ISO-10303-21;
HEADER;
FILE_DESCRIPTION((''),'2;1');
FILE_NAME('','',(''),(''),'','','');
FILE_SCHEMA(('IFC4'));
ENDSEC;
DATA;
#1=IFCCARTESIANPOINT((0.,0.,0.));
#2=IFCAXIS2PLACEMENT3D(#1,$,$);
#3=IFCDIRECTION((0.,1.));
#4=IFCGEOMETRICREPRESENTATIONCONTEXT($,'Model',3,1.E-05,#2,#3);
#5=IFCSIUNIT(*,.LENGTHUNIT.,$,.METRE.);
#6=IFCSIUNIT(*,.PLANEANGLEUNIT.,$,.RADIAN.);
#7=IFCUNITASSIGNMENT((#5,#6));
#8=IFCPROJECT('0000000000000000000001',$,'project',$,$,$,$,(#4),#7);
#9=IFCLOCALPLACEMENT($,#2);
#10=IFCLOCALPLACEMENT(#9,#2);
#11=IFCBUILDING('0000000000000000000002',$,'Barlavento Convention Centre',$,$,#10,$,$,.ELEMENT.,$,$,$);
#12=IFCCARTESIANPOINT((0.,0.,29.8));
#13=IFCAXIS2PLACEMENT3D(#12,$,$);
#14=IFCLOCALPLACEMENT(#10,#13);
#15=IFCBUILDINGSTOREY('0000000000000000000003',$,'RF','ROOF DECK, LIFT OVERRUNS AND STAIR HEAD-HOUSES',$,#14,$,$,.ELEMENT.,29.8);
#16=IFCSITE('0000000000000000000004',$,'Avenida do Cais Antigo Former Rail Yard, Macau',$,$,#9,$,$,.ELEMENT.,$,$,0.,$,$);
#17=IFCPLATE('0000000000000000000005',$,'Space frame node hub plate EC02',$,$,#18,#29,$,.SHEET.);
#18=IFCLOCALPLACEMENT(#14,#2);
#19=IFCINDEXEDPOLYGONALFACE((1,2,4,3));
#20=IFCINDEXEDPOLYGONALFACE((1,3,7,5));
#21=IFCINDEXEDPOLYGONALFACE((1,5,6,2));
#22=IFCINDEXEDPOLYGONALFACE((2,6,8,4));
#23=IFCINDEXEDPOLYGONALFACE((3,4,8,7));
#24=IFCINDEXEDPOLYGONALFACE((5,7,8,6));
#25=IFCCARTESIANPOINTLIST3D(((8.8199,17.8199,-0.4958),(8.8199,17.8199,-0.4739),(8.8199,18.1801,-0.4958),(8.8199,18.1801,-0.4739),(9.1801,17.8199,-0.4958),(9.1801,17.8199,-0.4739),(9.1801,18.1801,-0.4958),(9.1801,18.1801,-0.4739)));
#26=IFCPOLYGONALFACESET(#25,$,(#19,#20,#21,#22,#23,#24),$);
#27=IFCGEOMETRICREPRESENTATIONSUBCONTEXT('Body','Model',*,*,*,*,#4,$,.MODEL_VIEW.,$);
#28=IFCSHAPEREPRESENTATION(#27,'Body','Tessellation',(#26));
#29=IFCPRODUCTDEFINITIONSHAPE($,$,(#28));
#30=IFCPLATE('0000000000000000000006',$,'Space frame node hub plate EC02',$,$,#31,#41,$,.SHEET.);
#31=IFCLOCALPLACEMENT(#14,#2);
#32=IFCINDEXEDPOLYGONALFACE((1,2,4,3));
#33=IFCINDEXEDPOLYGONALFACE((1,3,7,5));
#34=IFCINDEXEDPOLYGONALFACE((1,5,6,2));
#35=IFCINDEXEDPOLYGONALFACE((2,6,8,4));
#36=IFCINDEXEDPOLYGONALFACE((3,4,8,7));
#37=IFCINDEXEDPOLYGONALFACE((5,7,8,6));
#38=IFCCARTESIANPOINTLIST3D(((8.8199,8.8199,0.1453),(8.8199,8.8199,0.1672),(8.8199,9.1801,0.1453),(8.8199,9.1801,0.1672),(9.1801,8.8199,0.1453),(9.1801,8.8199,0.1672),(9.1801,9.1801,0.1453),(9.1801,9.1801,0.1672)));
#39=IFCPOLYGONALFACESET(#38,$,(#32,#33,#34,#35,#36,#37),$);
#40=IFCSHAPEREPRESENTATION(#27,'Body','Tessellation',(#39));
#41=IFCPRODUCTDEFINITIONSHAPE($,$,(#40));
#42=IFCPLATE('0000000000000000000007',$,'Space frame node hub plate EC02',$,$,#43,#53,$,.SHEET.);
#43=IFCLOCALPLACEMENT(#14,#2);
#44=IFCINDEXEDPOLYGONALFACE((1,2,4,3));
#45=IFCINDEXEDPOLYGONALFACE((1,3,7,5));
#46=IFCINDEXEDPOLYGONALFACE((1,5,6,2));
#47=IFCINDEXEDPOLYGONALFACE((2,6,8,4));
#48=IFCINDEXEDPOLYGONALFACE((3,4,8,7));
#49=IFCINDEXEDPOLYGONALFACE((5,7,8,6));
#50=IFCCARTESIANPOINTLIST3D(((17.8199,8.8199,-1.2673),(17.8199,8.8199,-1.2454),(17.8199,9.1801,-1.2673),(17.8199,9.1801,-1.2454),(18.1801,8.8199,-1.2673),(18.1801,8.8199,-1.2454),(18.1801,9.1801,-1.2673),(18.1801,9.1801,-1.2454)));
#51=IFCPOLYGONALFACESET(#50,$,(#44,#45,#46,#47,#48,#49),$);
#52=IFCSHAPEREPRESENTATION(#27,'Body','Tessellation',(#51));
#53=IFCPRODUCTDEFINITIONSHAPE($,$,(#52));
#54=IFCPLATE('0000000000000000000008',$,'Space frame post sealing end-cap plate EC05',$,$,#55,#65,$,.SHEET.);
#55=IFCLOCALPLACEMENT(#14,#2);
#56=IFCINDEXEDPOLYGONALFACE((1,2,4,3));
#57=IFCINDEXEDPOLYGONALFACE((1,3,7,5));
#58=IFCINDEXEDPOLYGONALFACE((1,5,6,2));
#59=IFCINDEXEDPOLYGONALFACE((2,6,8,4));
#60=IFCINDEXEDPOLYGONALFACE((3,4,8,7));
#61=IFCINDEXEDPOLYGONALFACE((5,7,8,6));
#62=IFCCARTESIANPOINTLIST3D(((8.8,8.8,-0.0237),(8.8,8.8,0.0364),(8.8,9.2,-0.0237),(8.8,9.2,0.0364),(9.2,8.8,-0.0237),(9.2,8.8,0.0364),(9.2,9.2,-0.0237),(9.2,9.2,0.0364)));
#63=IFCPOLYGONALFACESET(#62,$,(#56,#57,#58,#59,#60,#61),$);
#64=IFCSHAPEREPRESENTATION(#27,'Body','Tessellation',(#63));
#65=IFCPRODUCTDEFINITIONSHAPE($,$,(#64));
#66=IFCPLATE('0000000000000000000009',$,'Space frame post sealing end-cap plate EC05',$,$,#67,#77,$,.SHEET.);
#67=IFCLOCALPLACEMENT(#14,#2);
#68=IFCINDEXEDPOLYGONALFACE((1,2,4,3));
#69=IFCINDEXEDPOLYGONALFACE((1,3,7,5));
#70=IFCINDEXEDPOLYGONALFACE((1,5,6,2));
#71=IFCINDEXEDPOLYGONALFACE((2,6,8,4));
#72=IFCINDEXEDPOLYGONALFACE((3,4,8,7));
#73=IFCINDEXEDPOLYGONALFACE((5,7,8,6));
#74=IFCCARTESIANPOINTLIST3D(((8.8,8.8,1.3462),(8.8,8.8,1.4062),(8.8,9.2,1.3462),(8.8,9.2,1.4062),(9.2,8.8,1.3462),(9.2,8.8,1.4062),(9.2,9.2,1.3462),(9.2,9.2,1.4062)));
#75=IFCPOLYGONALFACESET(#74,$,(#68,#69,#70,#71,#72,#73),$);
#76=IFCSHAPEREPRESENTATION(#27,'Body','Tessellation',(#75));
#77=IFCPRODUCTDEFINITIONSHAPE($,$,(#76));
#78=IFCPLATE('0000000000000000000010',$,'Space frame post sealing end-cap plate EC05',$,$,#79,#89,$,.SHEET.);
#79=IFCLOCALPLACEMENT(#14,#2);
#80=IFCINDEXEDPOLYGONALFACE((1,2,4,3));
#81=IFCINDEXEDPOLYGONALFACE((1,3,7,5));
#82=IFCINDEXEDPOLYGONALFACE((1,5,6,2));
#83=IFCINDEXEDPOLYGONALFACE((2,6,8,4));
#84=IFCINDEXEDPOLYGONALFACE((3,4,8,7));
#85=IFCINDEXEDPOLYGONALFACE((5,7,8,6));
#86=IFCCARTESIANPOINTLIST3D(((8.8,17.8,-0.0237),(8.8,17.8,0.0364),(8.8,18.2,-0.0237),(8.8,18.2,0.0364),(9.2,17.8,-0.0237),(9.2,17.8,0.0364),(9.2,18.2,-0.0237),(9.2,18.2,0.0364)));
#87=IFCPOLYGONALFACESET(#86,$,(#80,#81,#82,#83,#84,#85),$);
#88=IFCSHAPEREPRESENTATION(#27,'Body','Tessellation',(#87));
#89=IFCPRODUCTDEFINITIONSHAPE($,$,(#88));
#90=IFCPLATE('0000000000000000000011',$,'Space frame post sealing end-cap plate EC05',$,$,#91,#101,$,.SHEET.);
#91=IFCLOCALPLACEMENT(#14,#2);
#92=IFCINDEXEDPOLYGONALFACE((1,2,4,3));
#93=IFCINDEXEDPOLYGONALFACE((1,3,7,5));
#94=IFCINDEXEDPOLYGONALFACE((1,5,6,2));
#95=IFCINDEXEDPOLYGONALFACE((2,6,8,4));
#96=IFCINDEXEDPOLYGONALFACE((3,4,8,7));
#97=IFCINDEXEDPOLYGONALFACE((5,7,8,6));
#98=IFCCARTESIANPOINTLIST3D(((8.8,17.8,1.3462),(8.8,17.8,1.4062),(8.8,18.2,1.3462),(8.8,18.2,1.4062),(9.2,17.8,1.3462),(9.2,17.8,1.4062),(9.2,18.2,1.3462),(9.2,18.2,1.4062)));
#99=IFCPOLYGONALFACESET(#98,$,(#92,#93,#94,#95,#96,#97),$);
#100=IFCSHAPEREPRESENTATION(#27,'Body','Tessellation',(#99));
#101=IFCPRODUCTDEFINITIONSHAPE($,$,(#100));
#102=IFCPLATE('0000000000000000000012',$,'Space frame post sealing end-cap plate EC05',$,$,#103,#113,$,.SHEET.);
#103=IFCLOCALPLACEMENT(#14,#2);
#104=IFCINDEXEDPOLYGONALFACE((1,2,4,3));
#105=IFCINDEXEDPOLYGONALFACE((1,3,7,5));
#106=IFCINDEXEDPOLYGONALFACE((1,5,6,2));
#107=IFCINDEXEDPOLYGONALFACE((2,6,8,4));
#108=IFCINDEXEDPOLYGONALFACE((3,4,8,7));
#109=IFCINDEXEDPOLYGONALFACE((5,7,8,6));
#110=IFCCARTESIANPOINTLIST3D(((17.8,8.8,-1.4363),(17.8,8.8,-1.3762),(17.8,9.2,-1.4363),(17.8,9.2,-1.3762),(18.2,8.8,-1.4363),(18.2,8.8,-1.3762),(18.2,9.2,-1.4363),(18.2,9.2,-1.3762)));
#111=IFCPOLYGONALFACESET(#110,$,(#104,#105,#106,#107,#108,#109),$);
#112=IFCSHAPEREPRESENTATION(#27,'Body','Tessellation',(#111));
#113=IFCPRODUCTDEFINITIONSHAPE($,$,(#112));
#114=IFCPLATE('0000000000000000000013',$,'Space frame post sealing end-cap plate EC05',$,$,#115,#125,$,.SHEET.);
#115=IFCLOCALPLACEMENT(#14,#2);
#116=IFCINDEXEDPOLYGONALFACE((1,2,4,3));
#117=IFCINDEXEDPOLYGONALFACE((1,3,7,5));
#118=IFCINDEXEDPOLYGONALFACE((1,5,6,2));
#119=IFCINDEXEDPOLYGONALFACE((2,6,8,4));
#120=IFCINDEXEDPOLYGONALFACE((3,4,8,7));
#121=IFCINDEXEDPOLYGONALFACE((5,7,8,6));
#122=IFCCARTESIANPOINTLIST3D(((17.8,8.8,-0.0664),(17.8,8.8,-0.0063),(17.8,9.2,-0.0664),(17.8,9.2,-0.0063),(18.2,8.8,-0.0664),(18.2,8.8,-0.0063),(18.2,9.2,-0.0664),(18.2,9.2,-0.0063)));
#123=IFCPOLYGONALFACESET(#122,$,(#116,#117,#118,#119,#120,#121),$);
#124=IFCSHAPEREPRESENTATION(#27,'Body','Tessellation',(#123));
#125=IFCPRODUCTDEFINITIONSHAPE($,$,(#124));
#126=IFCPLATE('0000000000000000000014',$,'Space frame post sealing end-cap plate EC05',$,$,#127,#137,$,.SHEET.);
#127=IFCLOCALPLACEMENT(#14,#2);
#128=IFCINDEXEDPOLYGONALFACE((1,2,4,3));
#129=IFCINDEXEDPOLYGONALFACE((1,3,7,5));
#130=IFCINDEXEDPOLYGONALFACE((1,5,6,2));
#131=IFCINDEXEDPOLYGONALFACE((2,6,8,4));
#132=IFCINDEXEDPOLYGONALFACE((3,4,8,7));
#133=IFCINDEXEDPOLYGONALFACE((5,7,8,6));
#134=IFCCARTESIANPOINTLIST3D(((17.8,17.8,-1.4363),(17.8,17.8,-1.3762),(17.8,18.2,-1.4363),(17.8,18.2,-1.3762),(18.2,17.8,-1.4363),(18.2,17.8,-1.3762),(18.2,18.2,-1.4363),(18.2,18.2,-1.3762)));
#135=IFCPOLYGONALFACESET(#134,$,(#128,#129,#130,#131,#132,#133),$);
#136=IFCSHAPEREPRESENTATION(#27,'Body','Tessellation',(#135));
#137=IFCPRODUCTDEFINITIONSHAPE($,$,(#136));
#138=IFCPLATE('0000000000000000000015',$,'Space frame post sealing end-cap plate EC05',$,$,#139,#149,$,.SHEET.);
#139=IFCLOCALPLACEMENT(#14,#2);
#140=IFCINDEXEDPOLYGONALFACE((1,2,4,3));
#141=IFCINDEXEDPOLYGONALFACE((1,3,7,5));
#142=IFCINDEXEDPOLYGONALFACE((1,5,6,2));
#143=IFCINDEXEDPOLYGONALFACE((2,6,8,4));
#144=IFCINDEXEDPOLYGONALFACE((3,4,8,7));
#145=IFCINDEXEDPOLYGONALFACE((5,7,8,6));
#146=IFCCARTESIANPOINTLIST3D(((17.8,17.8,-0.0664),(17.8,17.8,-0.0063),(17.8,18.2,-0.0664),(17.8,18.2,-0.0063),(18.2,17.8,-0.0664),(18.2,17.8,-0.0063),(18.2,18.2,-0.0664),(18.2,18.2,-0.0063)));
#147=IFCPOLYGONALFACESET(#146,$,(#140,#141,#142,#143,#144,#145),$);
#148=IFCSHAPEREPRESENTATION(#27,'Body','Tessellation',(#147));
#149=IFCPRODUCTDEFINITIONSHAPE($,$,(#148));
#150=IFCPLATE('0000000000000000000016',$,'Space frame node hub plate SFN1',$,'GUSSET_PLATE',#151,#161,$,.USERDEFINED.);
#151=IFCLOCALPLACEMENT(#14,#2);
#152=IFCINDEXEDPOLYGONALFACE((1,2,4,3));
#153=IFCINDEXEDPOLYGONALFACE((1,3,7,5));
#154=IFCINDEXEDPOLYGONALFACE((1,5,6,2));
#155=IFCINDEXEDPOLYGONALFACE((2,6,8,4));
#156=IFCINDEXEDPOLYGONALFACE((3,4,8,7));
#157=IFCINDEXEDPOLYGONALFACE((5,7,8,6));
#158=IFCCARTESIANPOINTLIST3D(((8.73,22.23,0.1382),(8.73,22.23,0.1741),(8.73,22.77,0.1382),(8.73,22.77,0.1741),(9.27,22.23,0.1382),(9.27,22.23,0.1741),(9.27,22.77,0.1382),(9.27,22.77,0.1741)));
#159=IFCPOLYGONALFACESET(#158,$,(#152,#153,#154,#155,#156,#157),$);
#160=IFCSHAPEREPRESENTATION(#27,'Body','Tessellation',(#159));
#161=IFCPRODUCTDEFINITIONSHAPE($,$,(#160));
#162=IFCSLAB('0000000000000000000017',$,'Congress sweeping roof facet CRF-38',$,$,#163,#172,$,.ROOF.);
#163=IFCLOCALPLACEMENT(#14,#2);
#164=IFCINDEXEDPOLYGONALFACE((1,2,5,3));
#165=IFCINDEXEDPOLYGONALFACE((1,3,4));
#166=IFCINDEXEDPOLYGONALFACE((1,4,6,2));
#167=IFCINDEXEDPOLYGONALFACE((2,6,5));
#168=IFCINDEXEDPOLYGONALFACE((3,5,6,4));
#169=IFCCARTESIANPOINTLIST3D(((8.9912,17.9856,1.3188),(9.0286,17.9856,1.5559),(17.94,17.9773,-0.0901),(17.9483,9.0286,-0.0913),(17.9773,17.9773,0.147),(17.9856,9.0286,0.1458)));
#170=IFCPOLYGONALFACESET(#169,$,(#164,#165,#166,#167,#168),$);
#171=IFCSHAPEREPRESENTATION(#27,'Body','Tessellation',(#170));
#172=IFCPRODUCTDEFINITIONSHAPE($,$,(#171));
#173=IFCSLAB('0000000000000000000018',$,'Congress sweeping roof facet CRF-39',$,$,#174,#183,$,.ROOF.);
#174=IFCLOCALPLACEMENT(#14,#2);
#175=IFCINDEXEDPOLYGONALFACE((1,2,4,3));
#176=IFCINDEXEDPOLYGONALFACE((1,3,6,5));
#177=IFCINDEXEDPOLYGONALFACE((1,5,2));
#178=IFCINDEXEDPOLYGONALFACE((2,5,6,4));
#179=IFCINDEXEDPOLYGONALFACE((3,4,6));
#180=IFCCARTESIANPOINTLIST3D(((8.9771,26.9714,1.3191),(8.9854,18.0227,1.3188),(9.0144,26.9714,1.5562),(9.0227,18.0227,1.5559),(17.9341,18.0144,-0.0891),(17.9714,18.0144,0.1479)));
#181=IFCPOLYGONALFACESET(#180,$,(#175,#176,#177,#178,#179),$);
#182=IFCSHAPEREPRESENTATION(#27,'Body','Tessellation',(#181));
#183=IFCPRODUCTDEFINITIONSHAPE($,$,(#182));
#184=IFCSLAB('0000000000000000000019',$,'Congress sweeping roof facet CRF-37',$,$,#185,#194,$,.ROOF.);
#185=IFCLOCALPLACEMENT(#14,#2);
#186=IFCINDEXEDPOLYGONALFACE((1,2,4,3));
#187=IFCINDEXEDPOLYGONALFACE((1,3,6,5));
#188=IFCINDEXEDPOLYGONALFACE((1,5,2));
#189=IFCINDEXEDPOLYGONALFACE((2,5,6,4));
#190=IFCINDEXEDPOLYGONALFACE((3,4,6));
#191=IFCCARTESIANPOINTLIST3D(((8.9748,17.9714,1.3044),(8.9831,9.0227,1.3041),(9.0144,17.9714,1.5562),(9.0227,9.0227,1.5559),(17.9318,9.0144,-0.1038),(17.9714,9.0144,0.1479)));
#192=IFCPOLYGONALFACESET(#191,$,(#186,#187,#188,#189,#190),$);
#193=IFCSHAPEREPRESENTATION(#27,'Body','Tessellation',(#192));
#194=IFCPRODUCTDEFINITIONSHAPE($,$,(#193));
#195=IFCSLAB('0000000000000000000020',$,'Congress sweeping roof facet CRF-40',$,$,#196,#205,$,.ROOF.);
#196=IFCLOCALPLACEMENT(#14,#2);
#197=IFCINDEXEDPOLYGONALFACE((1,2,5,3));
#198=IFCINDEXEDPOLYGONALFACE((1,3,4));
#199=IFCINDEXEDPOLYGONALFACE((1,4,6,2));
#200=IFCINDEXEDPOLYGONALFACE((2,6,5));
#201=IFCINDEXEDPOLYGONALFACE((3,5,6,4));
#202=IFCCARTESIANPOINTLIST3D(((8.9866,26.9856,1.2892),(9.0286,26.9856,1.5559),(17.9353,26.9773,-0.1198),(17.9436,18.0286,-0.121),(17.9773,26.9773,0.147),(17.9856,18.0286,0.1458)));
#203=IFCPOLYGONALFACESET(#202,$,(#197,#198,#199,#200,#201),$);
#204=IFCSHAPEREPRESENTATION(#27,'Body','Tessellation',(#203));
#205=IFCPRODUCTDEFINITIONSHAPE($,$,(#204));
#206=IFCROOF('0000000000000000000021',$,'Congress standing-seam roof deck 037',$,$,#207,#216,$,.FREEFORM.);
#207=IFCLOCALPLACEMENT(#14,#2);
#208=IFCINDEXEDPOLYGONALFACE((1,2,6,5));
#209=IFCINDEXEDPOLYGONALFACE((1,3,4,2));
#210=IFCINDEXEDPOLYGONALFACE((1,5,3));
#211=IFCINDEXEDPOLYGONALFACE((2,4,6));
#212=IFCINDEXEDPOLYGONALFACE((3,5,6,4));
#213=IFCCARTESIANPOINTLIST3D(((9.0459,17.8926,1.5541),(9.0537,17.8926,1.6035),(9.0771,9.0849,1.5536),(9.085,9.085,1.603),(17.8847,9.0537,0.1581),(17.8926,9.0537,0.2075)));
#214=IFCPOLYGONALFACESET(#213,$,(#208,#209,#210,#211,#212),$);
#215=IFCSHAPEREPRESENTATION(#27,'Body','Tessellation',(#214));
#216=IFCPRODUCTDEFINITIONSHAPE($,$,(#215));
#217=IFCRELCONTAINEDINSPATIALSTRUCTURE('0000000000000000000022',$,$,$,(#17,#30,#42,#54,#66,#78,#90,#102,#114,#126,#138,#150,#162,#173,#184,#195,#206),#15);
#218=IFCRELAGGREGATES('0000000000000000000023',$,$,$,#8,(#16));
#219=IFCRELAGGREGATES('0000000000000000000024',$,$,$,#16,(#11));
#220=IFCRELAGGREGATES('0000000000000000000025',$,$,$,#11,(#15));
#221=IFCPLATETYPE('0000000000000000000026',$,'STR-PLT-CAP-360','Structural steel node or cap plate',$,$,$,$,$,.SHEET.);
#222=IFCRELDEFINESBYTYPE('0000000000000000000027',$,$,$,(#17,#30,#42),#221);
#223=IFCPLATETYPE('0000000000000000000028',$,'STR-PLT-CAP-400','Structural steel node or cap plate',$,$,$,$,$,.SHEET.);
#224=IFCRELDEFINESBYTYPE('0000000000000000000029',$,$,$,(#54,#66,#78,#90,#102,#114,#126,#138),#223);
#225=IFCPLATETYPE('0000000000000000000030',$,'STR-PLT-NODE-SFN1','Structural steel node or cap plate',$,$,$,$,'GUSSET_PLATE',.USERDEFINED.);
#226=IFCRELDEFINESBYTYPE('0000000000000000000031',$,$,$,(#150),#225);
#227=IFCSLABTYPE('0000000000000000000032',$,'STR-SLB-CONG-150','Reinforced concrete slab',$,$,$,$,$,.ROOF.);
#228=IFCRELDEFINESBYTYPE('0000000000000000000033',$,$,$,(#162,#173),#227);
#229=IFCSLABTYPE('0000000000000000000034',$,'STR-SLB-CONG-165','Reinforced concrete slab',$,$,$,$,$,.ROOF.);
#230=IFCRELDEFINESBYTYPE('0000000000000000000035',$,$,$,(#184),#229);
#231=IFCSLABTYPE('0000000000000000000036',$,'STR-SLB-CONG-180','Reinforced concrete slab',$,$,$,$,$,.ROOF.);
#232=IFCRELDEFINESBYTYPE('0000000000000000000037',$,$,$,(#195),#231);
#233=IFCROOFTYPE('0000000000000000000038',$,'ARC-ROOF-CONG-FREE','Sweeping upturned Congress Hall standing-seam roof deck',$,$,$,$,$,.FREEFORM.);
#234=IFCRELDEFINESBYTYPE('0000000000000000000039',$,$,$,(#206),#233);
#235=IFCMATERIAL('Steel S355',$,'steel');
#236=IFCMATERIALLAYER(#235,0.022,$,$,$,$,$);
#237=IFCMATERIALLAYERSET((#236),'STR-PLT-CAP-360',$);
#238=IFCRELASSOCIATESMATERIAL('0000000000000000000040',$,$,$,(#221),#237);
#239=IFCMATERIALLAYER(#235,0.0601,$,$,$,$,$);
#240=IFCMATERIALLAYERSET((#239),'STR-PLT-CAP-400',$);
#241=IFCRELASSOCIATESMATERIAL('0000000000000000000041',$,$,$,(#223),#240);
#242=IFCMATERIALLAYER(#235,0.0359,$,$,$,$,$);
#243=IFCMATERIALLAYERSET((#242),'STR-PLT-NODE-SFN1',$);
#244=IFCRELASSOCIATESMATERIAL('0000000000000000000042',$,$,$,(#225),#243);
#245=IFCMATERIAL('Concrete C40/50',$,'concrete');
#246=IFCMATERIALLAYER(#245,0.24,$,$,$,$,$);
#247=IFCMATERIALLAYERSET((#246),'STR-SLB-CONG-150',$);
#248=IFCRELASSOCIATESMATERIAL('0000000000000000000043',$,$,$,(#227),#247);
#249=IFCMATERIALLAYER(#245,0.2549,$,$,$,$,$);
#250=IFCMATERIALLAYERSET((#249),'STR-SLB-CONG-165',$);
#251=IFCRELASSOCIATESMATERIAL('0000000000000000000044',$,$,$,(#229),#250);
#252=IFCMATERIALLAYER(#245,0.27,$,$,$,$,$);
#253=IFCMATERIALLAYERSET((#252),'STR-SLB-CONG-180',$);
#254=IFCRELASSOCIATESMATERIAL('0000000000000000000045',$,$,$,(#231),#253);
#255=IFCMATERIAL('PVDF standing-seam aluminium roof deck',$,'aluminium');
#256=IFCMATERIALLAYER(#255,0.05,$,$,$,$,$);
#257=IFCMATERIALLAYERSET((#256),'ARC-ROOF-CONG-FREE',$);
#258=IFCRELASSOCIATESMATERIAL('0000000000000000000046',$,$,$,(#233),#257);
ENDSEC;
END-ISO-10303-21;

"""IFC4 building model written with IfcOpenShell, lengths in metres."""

from ifc_helpers import new_model, si_unit, direction, frame, origin, origin_2d, place, context, subcontext, project, spatial, polyline, rectangle, outline, extrude, material, layer, layer_set, type_object, element, save


model = new_model("IFC4")

# Units and contexts
model_context = context("Model", 3, precision=1e-05, world=origin(), true_north=direction((0.0, 1.0)))
body_context = subcontext(model_context, "Body", "Model", "MODEL_VIEW")
ifc_project = project(units=[si_unit("LENGTHUNIT", "METRE"), si_unit("PLANEANGLEUNIT", "RADIAN")], contexts=[model_context])

# Site, building, storey
site_placement = place(None, origin())
site = spatial("IfcSite", under=ifc_project, at=site_placement, Name="Avenida do Cais Antigo Former Rail Yard, Macau", CompositionType="ELEMENT", RefElevation=0.0)
building_placement = place(site_placement, origin())
building = spatial("IfcBuilding", under=site, at=building_placement, Name="Barlavento Convention Centre", CompositionType="ELEMENT")
storey_placement = place(building_placement, frame((0.0, 0.0, 29.8)))
storey = spatial("IfcBuildingStorey", under=building, at=storey_placement, Name="RF", Description="ROOF DECK, LIFT OVERRUNS AND STAIR HEAD-HOUSES", CompositionType="ELEMENT", Elevation=29.8)

# Shared definitions
ifc_material_1 = material(Name="Steel S355", Category="steel")

# Plates
ifc_layer_1 = layer(ifc_material_1, 0.022)
ifc_layer_set_1 = layer_set([ifc_layer_1], Name="STR-PLT-CAP-360")
plate_type_1 = type_object("IfcPlateType", Name="STR-PLT-CAP-360", Description="Structural steel node or cap plate", PredefinedType="SHEET", material=ifc_layer_set_1)
for number, where, z_axis, x_axis, name in (
    (1, (9.0, 18.0, -0.4958), (0.0, 0.0, 1.0), (1.0, 0.0, 0.0), "Space frame node hub plate EC02"),
    (2, (9.0, 9.0, 0.1453), (0.0, 0.0, 1.0), (1.0, 0.0, 0.0), "Space frame node hub plate EC02"),
    (3, (18.0, 9.0, -1.2673), (0.0, 0.0, 1.0), (1.0, 0.0, 0.0), "Space frame node hub plate EC02"),
):
    element("IfcPlate", number, at=place(storey_placement, frame(where, z_axis=z_axis, x_axis=x_axis)), inside=storey, type_object=plate_type_1, Name=name, PredefinedType="SHEET", context=body_context, shape_type="SweptSolid", body=[
        extrude(rectangle(XDim=0.3601, YDim=0.3601, at=origin_2d()), origin(), (0.0, 0.0, 1.0), 0.022),
    ])
ifc_layer_2 = layer(ifc_material_1, 0.0601)
ifc_layer_set_2 = layer_set([ifc_layer_2], Name="STR-PLT-CAP-400")
plate_type_2 = type_object("IfcPlateType", Name="STR-PLT-CAP-400", Description="Structural steel node or cap plate", PredefinedType="SHEET", material=ifc_layer_set_2)
for number, where, z_axis, x_axis, name in (
    (4, (9.0, 9.0, -0.0237), (0.0, 0.0, 1.0), (1.0, 0.0, 0.0), "Space frame post sealing end-cap plate EC05"),
    (5, (9.0, 9.0, 1.3462), (0.0, 0.0, 1.0), (1.0, 0.0, 0.0), "Space frame post sealing end-cap plate EC05"),
    (6, (9.0, 18.0, -0.0237), (0.0, 0.0, 1.0), (1.0, 0.0, 0.0), "Space frame post sealing end-cap plate EC05"),
    (7, (9.0, 18.0, 1.3462), (0.0, 0.0, 1.0), (1.0, 0.0, 0.0), "Space frame post sealing end-cap plate EC05"),
    (8, (18.0, 9.0, -1.4363), (0.0, 0.0, 1.0), (1.0, 0.0, 0.0), "Space frame post sealing end-cap plate EC05"),
    (9, (18.0, 9.0, -0.0664), (0.0, 0.0, 1.0), (1.0, 0.0, 0.0), "Space frame post sealing end-cap plate EC05"),
    (10, (18.0, 18.0, -1.4363), (0.0, 0.0, 1.0), (1.0, 0.0, 0.0), "Space frame post sealing end-cap plate EC05"),
    (11, (18.0, 18.0, -0.0664), (0.0, 0.0, 1.0), (1.0, 0.0, 0.0), "Space frame post sealing end-cap plate EC05"),
):
    element("IfcPlate", number, at=place(storey_placement, frame(where, z_axis=z_axis, x_axis=x_axis)), inside=storey, type_object=plate_type_2, Name=name, PredefinedType="SHEET", context=body_context, shape_type="SweptSolid", body=[
        extrude(rectangle(XDim=0.3999, YDim=0.3999, at=origin_2d()), origin(), (0.0, 0.0, 1.0), 0.0601),
    ])
ifc_layer_3 = layer(ifc_material_1, 0.0359)
ifc_layer_set_3 = layer_set([ifc_layer_3], Name="STR-PLT-NODE-SFN1")
plate_type_3 = type_object("IfcPlateType", Name="STR-PLT-NODE-SFN1", Description="Structural steel node or cap plate", ElementType="GUSSET_PLATE", PredefinedType="USERDEFINED", material=ifc_layer_set_3)
plate_placement = place(storey_placement, frame((9.0, 22.5, 0.1382), z_axis=(0.0, 0.0, 1.0), x_axis=(1.0, 0.0, 0.0)))
element("IfcPlate", 12, at=plate_placement, inside=storey, type_object=plate_type_3, Name="Space frame node hub plate SFN1", ObjectType="GUSSET_PLATE", PredefinedType="USERDEFINED", context=body_context, shape_type="SweptSolid", body=[
    extrude(rectangle(XDim=0.54, YDim=0.54, at=origin_2d()), origin(), (0.0, 0.0, 1.0), 0.0359),
])

# Slabs
ifc_material_2 = material(Name="Concrete C40/50", Category="concrete")
ifc_layer_4 = layer(ifc_material_2, 0.24)
ifc_layer_set_4 = layer_set([ifc_layer_4], Name="STR-SLB-CONG-150")
slab_type_1 = type_object("IfcSlabType", Name="STR-SLB-CONG-150", Description="Reinforced concrete slab", PredefinedType="ROOF", material=ifc_layer_set_4)
slab_1_placement = place(storey_placement, frame((17.9856, 9.0286, 0.1458), z_axis=(0.155529, 0.00001, 0.987831), x_axis=(-0.000928, 1.0, 0.000136)))
element("IfcSlab", 13, at=slab_1_placement, inside=storey, type_object=slab_type_1, Name="Congress sweeping roof facet CRF-38", PredefinedType="ROOF", context=body_context, shape_type="SweptSolid", body=[
    extrude(outline(polyline([(0.0, 0.0), (8.9487, 0.0), (8.9655, 9.059), (0.0, 0.0)])), origin(), (0.0, 0.0, -1.0), 0.24),
])
slab_2_placement = place(storey_placement, frame((9.0227, 18.0227, 1.5559), z_axis=(0.155424, 0.000117, 0.987848), x_axis=(0.987847, -0.000916, -0.155424)))
element("IfcSlab", 14, at=slab_2_placement, inside=storey, type_object=slab_type_1, Name="Congress sweeping roof facet CRF-39", PredefinedType="ROOF", context=body_context, shape_type="SweptSolid", body=[
    extrude(outline(polyline([(0.0, 0.0), (9.0588, 0.0), (-0.0164, 8.9487), (0.0, 0.0)])), origin(), (0.0, 0.0, -1.0), 0.24),
])
ifc_layer_5 = layer(ifc_material_2, 0.2549)
ifc_layer_set_5 = layer_set([ifc_layer_5], Name="STR-SLB-CONG-165")
slab_type_2 = type_object("IfcSlabType", Name="STR-SLB-CONG-165", Description="Reinforced concrete slab", PredefinedType="ROOF", material=ifc_layer_set_5)
slab_3_placement = place(storey_placement, frame((9.0227, 9.0227, 1.5559), z_axis=(0.155424, 0.000117, 0.987848), x_axis=(0.987847, -0.000916, -0.155424)))
element("IfcSlab", 15, at=slab_3_placement, inside=storey, type_object=slab_type_2, Name="Congress sweeping roof facet CRF-37", PredefinedType="ROOF", context=body_context, shape_type="SweptSolid", body=[
    extrude(outline(polyline([(0.0, 0.0), (9.0588, 0.0), (-0.0164, 8.9487), (0.0, 0.0)])), origin(), (0.0, 0.0, -1.0), 0.2549),
])
ifc_layer_6 = layer(ifc_material_2, 0.27)
ifc_layer_set_6 = layer_set([ifc_layer_6], Name="STR-SLB-CONG-180")
slab_type_3 = type_object("IfcSlabType", Name="STR-SLB-CONG-180", Description="Reinforced concrete slab", PredefinedType="ROOF", material=ifc_layer_set_6)
slab_4_placement = place(storey_placement, frame((17.9856, 18.0286, 0.1458), z_axis=(0.155529, 0.00001, 0.987831), x_axis=(-0.000928, 1.0, 0.000136)))
element("IfcSlab", 16, at=slab_4_placement, inside=storey, type_object=slab_type_3, Name="Congress sweeping roof facet CRF-40", PredefinedType="ROOF", context=body_context, shape_type="SweptSolid", body=[
    extrude(outline(polyline([(0.0, 0.0), (8.9487, 0.0), (8.9655, 9.059), (0.0, 0.0)])), origin(), (0.0, 0.0, -1.0), 0.27),
])

# Roof
ifc_material_3 = material(Name="PVDF standing-seam aluminium roof deck", Category="aluminium")
ifc_layer_7 = layer(ifc_material_3, 0.05)
ifc_layer_set_7 = layer_set([ifc_layer_7], Name="ARC-ROOF-CONG-FREE")
roof_type = type_object("IfcRoofType", Name="ARC-ROOF-CONG-FREE", Description="Sweeping upturned Congress Hall standing-seam roof deck", PredefinedType="FREEFORM", material=ifc_layer_set_7)
roof_1_placement = place(storey_placement, frame((9.085, 9.085, 1.603), z_axis=(0.156493, 0.0005, 0.987679), x_axis=(0.987673, -0.003504, -0.15649)))
element("IfcRoof", 17, at=roof_1_placement, inside=storey, type_object=roof_type, Name="Congress standing-seam roof deck 037", PredefinedType="FREEFORM", context=body_context, shape_type="SweptSolid", body=[
    extrude(outline(polyline([(0.0, 0.0), (8.9175, 0.0), (-0.0618, 8.8075), (0.0, 0.0)])), origin(), (0.0, 0.0, -1.0), 0.05),
])

save(model, "model.ifc")
